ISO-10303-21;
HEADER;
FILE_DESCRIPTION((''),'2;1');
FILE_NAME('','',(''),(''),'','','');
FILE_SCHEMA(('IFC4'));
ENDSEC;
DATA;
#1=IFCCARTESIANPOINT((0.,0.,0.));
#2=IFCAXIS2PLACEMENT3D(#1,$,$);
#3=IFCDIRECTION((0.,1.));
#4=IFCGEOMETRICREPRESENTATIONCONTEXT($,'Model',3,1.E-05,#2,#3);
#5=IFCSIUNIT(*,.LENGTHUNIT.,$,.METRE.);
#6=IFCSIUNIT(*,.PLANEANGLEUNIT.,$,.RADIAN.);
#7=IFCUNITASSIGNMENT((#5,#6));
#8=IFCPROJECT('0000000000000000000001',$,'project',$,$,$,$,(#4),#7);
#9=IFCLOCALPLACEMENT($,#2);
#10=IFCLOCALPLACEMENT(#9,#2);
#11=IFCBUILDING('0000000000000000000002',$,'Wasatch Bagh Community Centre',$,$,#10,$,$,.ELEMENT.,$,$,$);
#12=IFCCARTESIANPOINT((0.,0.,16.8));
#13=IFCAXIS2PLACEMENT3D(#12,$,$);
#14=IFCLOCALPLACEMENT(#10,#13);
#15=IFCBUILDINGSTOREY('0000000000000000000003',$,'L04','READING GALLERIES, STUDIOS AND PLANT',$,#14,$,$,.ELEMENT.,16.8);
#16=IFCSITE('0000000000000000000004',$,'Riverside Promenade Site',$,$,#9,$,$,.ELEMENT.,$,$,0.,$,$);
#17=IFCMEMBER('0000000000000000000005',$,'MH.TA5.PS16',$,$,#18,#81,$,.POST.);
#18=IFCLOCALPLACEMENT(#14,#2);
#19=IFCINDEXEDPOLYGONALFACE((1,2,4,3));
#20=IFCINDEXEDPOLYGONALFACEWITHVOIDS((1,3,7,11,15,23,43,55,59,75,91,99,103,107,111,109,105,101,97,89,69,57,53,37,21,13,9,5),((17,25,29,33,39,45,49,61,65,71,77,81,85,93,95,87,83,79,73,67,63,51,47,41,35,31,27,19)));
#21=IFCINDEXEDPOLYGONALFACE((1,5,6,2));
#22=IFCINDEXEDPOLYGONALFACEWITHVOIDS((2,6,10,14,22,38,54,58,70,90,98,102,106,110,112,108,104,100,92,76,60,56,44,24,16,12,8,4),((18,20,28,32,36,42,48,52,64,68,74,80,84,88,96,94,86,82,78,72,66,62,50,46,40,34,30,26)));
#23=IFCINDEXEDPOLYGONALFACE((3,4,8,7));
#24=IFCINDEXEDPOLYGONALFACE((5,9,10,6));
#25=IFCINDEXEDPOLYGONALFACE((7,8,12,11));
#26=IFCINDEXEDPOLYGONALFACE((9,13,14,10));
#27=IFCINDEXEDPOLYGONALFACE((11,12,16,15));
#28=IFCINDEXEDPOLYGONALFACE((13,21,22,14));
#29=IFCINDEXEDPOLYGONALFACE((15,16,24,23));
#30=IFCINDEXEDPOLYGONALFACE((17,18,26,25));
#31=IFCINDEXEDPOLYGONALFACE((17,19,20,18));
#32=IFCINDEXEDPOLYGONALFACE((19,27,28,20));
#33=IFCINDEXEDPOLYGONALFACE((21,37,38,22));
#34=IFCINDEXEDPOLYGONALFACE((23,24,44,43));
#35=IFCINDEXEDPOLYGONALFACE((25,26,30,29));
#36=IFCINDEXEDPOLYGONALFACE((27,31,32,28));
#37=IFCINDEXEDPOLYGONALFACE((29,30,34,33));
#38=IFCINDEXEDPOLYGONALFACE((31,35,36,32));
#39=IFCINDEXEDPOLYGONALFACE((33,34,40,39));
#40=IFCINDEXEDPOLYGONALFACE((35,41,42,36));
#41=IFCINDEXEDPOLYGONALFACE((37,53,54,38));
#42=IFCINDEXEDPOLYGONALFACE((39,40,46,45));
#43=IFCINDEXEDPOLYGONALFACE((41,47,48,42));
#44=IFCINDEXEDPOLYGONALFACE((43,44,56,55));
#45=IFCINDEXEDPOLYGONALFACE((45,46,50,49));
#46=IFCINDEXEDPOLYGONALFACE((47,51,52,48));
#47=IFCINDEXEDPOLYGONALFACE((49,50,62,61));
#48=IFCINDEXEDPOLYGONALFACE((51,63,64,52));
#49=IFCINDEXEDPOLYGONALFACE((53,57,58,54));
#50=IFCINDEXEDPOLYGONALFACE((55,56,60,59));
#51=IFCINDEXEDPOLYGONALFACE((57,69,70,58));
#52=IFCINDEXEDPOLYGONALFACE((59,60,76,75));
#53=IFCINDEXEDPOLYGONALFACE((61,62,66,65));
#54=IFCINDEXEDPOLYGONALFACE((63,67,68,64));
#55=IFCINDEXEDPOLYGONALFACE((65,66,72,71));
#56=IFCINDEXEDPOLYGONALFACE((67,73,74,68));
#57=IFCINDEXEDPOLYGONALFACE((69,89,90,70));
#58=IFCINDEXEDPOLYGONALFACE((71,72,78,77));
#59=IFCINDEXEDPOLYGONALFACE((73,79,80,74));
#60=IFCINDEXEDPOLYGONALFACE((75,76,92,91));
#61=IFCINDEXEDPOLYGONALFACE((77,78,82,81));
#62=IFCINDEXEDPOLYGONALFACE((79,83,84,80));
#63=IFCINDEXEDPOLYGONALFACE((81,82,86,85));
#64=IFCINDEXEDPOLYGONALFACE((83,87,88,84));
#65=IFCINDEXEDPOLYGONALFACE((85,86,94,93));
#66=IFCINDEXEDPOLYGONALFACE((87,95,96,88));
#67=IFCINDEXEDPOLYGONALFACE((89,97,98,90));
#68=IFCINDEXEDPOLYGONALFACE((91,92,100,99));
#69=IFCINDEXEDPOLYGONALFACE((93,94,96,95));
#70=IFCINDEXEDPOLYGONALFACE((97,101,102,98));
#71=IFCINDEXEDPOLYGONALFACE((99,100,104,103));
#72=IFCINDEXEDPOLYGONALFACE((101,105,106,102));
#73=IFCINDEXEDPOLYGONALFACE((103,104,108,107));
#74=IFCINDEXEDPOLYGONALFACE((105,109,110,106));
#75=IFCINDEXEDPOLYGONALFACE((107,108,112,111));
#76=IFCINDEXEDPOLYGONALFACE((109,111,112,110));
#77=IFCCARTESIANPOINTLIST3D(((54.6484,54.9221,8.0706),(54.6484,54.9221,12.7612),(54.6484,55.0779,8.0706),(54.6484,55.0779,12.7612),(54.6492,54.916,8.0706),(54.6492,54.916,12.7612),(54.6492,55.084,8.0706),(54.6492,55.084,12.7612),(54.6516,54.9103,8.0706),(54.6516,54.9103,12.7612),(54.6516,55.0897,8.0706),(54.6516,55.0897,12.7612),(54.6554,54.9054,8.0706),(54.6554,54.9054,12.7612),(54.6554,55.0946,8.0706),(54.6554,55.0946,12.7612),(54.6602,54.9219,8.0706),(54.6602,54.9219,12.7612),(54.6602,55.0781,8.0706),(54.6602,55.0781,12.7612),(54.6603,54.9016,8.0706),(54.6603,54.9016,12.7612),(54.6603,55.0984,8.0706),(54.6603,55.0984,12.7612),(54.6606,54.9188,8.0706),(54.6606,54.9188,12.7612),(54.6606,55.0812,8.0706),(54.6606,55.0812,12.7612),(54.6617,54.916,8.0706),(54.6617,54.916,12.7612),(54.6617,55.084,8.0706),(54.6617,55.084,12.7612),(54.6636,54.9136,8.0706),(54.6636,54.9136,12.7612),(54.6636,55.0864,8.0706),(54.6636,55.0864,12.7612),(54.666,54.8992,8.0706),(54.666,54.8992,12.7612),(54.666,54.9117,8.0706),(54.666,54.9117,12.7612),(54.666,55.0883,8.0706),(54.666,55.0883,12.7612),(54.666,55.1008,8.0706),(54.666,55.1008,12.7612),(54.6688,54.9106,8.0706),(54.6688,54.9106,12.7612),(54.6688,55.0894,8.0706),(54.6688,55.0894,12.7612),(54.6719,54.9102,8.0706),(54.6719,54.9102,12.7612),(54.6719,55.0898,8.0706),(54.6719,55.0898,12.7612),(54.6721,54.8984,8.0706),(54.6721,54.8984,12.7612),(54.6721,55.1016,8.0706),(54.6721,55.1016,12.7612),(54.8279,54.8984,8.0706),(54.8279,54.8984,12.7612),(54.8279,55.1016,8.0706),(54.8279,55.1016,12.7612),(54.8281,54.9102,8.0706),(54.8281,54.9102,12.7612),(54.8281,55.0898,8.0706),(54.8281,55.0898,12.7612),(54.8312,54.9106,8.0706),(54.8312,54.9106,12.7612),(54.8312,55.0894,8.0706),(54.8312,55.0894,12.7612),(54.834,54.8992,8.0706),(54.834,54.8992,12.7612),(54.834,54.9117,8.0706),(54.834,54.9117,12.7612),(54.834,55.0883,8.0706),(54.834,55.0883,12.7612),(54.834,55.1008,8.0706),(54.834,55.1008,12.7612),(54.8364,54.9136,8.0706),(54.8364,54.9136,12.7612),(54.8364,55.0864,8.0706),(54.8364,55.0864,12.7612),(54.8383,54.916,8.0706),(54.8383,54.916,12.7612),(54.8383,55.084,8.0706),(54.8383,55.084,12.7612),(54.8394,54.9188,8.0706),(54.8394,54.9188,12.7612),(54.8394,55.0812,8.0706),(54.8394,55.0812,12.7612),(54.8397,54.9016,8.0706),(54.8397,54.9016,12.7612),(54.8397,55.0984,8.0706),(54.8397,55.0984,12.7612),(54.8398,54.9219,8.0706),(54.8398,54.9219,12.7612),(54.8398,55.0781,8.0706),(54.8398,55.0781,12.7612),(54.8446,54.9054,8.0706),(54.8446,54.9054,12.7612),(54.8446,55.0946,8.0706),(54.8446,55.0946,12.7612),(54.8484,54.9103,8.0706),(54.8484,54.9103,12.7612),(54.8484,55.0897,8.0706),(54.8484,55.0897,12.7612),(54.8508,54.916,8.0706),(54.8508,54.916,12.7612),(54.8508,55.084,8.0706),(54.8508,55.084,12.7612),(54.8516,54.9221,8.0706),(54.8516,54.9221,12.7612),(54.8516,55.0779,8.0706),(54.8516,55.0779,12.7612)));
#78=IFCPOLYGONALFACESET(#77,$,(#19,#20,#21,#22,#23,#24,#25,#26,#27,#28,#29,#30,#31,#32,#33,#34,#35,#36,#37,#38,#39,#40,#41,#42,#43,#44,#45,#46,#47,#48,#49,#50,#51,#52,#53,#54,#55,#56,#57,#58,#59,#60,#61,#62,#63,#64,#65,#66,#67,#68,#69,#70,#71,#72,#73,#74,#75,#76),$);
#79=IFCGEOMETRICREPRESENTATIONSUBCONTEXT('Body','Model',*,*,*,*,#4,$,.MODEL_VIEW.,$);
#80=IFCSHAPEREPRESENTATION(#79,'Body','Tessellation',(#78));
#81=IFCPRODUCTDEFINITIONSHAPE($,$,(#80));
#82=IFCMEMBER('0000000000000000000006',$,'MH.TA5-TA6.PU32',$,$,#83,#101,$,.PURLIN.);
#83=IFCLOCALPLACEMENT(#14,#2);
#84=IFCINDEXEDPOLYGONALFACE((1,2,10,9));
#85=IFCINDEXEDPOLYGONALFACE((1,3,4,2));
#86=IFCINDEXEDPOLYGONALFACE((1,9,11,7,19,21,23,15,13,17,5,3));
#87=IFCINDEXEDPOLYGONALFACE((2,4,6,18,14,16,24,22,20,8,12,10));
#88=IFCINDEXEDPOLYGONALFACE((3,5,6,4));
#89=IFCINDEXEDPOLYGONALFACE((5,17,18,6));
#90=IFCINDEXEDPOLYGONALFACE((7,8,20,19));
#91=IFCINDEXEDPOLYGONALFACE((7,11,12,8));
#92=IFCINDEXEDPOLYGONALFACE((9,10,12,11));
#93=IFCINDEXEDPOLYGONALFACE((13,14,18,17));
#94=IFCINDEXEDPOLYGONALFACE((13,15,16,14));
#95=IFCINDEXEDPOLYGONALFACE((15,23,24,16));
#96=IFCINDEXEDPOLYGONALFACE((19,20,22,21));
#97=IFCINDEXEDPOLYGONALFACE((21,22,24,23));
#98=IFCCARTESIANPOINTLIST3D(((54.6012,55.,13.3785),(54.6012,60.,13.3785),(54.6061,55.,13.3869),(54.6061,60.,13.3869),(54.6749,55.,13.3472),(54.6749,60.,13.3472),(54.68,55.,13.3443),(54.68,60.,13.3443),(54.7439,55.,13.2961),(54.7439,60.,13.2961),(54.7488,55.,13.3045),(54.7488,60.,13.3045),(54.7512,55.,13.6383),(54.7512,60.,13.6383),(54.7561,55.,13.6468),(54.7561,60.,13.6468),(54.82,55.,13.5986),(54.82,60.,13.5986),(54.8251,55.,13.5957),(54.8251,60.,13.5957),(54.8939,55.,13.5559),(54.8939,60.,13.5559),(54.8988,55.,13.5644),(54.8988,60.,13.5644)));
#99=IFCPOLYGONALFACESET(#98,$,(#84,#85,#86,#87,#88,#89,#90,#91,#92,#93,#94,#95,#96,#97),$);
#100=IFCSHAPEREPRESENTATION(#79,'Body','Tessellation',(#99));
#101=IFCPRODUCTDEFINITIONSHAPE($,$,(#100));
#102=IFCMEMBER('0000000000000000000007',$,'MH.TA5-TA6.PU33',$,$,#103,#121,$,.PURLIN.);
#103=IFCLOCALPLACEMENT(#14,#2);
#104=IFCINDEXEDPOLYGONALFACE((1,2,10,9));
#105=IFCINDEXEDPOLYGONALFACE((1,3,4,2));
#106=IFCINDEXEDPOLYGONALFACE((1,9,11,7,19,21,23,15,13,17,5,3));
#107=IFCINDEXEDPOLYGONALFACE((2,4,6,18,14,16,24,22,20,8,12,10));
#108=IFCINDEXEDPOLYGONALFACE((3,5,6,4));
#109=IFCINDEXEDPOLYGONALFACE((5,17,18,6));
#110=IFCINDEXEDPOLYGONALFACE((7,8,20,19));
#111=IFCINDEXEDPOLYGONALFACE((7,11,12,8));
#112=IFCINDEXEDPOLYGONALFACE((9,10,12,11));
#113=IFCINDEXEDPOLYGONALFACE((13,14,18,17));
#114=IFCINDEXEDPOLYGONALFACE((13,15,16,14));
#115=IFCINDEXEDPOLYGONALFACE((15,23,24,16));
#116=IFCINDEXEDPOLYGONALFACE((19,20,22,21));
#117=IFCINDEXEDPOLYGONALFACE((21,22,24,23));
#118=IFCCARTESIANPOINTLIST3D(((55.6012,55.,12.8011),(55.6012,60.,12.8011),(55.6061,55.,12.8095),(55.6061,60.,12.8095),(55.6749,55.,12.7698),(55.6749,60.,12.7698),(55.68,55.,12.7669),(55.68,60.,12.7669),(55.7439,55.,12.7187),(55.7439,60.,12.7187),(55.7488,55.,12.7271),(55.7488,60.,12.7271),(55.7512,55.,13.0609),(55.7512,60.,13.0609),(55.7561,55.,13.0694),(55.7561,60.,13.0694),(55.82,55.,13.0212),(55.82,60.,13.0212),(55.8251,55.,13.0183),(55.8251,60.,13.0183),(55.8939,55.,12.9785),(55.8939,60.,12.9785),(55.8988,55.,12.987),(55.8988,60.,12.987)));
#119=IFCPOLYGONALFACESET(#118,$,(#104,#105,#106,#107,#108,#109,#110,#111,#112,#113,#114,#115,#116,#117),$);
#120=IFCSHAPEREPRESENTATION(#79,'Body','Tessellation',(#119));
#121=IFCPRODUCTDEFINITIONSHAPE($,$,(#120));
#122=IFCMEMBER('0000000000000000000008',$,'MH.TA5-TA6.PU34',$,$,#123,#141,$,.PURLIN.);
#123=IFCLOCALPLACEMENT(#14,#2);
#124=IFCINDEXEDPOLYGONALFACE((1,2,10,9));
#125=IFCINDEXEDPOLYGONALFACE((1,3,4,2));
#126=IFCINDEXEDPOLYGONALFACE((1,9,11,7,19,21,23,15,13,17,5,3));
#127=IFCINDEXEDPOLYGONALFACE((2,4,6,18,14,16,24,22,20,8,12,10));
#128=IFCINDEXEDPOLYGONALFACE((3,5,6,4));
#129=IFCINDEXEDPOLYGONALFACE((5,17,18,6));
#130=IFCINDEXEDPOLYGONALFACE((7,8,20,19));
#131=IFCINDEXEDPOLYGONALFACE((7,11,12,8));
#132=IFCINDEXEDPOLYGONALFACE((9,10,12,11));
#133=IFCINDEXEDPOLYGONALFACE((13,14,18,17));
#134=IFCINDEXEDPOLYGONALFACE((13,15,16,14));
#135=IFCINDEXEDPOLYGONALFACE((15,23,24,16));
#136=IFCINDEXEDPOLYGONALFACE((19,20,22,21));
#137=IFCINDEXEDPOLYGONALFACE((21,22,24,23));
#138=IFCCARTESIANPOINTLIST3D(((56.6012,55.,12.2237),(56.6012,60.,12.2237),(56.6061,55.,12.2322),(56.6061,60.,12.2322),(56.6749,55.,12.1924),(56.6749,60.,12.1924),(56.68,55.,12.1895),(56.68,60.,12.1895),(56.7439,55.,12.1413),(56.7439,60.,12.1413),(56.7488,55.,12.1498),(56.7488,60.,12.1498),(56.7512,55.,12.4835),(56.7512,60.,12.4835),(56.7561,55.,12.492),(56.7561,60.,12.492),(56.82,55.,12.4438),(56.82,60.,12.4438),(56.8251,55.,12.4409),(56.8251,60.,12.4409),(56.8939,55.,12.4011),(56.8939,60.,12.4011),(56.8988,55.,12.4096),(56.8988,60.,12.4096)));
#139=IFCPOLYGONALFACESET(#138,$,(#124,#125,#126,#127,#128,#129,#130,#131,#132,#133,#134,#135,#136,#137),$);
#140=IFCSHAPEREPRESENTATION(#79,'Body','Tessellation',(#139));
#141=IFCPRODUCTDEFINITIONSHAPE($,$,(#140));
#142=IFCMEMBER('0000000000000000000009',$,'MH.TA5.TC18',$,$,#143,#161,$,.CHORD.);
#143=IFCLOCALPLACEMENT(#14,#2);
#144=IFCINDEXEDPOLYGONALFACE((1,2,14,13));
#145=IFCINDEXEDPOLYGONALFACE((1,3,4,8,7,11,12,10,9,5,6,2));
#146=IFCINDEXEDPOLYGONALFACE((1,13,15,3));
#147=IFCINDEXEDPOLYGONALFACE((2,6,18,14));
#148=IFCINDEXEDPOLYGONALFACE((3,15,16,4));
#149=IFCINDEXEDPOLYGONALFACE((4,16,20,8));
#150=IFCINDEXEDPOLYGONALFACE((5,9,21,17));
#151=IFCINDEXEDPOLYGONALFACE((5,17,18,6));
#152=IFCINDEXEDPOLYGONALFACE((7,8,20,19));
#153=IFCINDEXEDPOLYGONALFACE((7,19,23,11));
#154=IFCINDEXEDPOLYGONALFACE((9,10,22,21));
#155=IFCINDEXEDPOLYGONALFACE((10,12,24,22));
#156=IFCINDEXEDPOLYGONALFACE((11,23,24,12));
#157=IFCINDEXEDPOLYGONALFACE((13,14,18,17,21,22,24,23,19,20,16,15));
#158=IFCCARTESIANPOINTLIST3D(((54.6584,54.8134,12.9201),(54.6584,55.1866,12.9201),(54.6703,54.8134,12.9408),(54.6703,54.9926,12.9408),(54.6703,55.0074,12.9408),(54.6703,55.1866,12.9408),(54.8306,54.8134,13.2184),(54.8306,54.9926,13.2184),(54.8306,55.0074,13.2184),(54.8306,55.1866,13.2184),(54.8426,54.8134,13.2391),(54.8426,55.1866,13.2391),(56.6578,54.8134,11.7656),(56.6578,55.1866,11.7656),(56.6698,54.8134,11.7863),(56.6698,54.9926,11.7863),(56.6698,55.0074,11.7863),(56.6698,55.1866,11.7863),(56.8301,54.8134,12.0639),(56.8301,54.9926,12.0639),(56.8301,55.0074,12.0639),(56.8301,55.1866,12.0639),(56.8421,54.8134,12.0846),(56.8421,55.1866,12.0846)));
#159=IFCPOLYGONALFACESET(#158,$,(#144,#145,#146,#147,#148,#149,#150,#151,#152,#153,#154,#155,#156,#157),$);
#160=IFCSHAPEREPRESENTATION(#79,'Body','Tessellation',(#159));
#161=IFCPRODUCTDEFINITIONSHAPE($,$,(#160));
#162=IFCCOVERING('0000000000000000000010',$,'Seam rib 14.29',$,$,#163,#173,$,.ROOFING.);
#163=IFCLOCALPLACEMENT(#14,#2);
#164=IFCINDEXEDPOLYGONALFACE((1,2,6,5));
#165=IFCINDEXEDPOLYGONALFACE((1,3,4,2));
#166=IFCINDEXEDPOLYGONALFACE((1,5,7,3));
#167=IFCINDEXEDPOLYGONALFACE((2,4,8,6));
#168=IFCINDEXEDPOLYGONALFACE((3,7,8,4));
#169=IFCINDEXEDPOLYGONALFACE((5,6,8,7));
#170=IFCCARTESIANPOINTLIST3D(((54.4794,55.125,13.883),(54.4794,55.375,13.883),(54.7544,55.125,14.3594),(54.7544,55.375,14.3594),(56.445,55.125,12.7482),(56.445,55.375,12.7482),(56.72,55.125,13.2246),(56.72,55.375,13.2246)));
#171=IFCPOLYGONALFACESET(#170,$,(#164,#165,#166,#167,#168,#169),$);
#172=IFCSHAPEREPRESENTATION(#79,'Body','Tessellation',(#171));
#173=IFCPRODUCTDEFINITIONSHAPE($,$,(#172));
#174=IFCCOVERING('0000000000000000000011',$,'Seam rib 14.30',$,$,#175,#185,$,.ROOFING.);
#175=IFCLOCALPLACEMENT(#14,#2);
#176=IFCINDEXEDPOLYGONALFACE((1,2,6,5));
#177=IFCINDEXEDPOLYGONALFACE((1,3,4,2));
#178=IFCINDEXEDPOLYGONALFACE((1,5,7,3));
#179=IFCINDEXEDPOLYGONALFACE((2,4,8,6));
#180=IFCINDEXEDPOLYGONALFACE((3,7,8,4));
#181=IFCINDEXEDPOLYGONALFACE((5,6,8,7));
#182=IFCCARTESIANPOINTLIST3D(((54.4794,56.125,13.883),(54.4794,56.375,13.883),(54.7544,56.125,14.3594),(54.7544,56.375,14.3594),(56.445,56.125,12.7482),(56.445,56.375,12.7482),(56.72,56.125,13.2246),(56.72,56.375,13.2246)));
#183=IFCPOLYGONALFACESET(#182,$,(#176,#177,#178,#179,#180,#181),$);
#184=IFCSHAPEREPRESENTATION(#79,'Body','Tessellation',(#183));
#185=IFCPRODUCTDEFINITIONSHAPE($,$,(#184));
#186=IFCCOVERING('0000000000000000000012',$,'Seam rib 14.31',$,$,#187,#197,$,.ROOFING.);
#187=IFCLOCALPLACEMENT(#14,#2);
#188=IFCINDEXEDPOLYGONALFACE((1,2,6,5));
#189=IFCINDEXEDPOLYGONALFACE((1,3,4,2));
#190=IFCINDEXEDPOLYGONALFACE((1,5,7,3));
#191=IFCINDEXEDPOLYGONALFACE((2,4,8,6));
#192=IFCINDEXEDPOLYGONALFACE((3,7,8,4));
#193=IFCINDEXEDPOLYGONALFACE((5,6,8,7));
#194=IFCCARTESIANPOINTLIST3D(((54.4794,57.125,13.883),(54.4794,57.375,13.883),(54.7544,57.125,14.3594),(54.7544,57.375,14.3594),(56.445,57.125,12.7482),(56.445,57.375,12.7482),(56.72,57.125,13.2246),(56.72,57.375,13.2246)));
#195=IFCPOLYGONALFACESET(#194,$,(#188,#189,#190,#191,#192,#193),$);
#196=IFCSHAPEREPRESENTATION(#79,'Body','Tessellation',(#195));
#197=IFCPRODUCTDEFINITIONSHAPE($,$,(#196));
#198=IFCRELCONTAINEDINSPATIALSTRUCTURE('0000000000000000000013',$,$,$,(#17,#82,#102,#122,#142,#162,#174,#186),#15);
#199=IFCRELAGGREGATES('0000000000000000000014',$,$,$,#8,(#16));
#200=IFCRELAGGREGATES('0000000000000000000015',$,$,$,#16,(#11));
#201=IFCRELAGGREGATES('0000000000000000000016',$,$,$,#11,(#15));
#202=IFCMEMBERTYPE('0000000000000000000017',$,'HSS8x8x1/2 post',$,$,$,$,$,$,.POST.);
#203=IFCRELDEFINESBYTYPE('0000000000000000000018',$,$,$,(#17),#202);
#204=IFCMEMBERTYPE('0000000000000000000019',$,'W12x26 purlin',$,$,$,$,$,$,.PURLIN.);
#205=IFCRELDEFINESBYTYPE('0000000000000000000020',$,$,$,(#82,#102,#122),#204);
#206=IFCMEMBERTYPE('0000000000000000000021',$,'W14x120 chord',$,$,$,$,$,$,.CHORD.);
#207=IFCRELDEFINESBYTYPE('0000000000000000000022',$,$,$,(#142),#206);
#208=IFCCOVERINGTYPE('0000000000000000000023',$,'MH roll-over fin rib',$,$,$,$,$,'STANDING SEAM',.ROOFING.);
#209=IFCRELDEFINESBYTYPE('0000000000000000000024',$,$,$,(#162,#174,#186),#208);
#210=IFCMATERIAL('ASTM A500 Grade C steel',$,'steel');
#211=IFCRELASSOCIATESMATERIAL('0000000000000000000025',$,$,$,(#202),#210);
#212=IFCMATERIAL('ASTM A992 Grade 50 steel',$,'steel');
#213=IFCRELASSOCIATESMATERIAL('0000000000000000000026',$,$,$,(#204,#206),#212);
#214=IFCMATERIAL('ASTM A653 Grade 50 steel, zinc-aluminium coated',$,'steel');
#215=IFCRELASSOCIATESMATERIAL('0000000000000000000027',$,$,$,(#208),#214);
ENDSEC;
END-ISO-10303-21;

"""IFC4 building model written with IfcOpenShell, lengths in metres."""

from ifc_helpers import new_model, si_unit, direction, frame, origin, origin_2d, place, context, subcontext, project, spatial, polyline, hollow_rectangle, i_section, outline, extrude, material, material_profile, profile_set, type_object, element, save


model = new_model("IFC4")

# Units and contexts
model_context = context("Model", 3, precision=1e-05, world=origin(), true_north=direction((0.0, 1.0)))
body_context = subcontext(model_context, "Body", "Model", "MODEL_VIEW")
ifc_project = project(units=[si_unit("LENGTHUNIT", "METRE"), si_unit("PLANEANGLEUNIT", "RADIAN")], contexts=[model_context])

# Site, building, storey
site_placement = place(None, origin())
site = spatial("IfcSite", under=ifc_project, at=site_placement, Name="Riverside Promenade Site", CompositionType="ELEMENT", RefElevation=0.0)
building_placement = place(site_placement, origin())
building = spatial("IfcBuilding", under=site, at=building_placement, Name="Wasatch Bagh Community Centre", CompositionType="ELEMENT")
storey_placement = place(building_placement, frame((0.0, 0.0, 16.8)))
storey = spatial("IfcBuildingStorey", under=building, at=storey_placement, Name="L04", Description="READING GALLERIES, STUDIOS AND PLANT", CompositionType="ELEMENT", Elevation=16.8)

# Members
ifc_material_1 = material(Name="ASTM A500 Grade C steel", Category="steel")
ifc_material_profile_1 = material_profile(ifc_material_1, hollow_rectangle(XDim=0.2031, YDim=0.2031, WallThickness=0.0117, InnerFilletRadius=0.0117, OuterFilletRadius=0.0237, at=origin_2d()), Name="HSS8x8x1/2")
ifc_profile_set_1 = profile_set([ifc_material_profile_1], Name="ASTM A500 Grade C steel")
member_type_1 = type_object("IfcMemberType", Name="HSS8x8x1/2 post", PredefinedType="POST", material=ifc_profile_set_1)
member_1_placement = place(storey_placement, frame((54.75, 55.0, 8.0706), z_axis=(0.0, 0.0, 1.0), x_axis=(1.0, 0.0, 0.0)))
element("IfcMember", 1, at=member_1_placement, inside=storey, type_object=member_type_1, Name="MH.TA5.PS16", PredefinedType="POST", context=body_context, shape_type="SweptSolid", body=[
    extrude(hollow_rectangle(XDim=0.2031, YDim=0.2031, WallThickness=0.0117, InnerFilletRadius=0.0117, OuterFilletRadius=0.0237, at=origin_2d()), origin(), (0.0, 0.0, 1.0), 4.6907),
])
ifc_material_2 = material(Name="ASTM A992 Grade 50 steel", Category="steel")
ifc_material_profile_2 = material_profile(ifc_material_2, i_section(OverallWidth=0.1648, OverallDepth=0.3098, WebThickness=0.0059, FlangeThickness=0.0098, at=origin_2d()), Name="W12x26")
ifc_profile_set_2 = profile_set([ifc_material_profile_2], Name="ASTM A992 Grade 50 steel")
member_type_2 = type_object("IfcMemberType", Name="W12x26 purlin", PredefinedType="PURLIN", material=ifc_profile_set_2)
for number, where, z_axis, x_axis, name in (
    (2, (54.75, 55.0, 13.4714), (0.0, 1.0, 0.0), (-0.866025, 0.0, 0.5), "MH.TA5-TA6.PU32"),
    (3, (55.75, 55.0, 12.894), (0.0, 1.0, 0.0), (-0.866025, 0.0, 0.5), "MH.TA5-TA6.PU33"),
    (4, (56.75, 55.0, 12.3167), (0.0, 1.0, 0.0), (-0.866025, 0.0, 0.5), "MH.TA5-TA6.PU34"),
):
    element("IfcMember", number, at=place(storey_placement, frame(where, z_axis=z_axis, x_axis=x_axis)), inside=storey, type_object=member_type_2, Name=name, PredefinedType="PURLIN", context=body_context, shape_type="SweptSolid", body=[
        extrude(i_section(OverallWidth=0.1648, OverallDepth=0.3098, WebThickness=0.0059, FlangeThickness=0.0098, at=origin_2d()), origin(), (0.0, 0.0, 1.0), 5.0),
    ])
ifc_material_profile_3 = material_profile(ifc_material_2, i_section(OverallWidth=0.3733, OverallDepth=0.3684, WebThickness=0.0149, FlangeThickness=0.0239, at=origin_2d()), Name="W14x120")
ifc_profile_set_3 = profile_set([ifc_material_profile_3], Name="ASTM A992 Grade 50 steel")
member_type_3 = type_object("IfcMemberType", Name="W14x120 chord", PredefinedType="CHORD", material=ifc_profile_set_3)
member_2_placement = place(storey_placement, frame((54.7505, 55.0, 13.0796), z_axis=(0.866002, 0.0, -0.50004), x_axis=(0.0, 1.0, 0.0)))
element("IfcMember", 5, at=member_2_placement, inside=storey, type_object=member_type_3, Name="MH.TA5.TC18", PredefinedType="CHORD", context=body_context, shape_type="SweptSolid", body=[
    extrude(i_section(OverallWidth=0.3733, OverallDepth=0.3684, WebThickness=0.0149, FlangeThickness=0.0239, at=origin_2d()), origin(), (0.0, 0.0, 1.0), 2.3088),
])

# Coverings
ifc_material_3 = material(Name="ASTM A653 Grade 50 steel, zinc-aluminium coated", Category="steel")
covering_type = type_object("IfcCoveringType", Name="MH roll-over fin rib", ElementType="STANDING SEAM", PredefinedType="ROOFING", material=ifc_material_3)
for number, where, z_axis, x_axis, name in (
    (6, (54.7544, 55.125, 14.3594), (0.49998, 0.0, 0.866037), (0.866037, 0.0, -0.49998), "Seam rib 14.29"),
    (7, (54.7544, 56.125, 14.3594), (0.49998, 0.0, 0.866037), (0.866037, 0.0, -0.49998), "Seam rib 14.30"),
    (8, (54.7544, 57.125, 14.3594), (0.49998, 0.0, 0.866037), (0.866037, 0.0, -0.49998), "Seam rib 14.31"),
):
    element("IfcCovering", number, at=place(storey_placement, frame(where, z_axis=z_axis, x_axis=x_axis)), inside=storey, type_object=covering_type, Name=name, PredefinedType="ROOFING", context=body_context, shape_type="SweptSolid", body=[
        extrude(outline(polyline([(0.0, 0.0), (2.2696, 0.0), (2.2696, 0.25), (0.0, 0.25), (0.0, 0.0)])), origin(), (0.0, 0.0, -1.0), 0.55),
    ])

save(model, "model.ifc")
